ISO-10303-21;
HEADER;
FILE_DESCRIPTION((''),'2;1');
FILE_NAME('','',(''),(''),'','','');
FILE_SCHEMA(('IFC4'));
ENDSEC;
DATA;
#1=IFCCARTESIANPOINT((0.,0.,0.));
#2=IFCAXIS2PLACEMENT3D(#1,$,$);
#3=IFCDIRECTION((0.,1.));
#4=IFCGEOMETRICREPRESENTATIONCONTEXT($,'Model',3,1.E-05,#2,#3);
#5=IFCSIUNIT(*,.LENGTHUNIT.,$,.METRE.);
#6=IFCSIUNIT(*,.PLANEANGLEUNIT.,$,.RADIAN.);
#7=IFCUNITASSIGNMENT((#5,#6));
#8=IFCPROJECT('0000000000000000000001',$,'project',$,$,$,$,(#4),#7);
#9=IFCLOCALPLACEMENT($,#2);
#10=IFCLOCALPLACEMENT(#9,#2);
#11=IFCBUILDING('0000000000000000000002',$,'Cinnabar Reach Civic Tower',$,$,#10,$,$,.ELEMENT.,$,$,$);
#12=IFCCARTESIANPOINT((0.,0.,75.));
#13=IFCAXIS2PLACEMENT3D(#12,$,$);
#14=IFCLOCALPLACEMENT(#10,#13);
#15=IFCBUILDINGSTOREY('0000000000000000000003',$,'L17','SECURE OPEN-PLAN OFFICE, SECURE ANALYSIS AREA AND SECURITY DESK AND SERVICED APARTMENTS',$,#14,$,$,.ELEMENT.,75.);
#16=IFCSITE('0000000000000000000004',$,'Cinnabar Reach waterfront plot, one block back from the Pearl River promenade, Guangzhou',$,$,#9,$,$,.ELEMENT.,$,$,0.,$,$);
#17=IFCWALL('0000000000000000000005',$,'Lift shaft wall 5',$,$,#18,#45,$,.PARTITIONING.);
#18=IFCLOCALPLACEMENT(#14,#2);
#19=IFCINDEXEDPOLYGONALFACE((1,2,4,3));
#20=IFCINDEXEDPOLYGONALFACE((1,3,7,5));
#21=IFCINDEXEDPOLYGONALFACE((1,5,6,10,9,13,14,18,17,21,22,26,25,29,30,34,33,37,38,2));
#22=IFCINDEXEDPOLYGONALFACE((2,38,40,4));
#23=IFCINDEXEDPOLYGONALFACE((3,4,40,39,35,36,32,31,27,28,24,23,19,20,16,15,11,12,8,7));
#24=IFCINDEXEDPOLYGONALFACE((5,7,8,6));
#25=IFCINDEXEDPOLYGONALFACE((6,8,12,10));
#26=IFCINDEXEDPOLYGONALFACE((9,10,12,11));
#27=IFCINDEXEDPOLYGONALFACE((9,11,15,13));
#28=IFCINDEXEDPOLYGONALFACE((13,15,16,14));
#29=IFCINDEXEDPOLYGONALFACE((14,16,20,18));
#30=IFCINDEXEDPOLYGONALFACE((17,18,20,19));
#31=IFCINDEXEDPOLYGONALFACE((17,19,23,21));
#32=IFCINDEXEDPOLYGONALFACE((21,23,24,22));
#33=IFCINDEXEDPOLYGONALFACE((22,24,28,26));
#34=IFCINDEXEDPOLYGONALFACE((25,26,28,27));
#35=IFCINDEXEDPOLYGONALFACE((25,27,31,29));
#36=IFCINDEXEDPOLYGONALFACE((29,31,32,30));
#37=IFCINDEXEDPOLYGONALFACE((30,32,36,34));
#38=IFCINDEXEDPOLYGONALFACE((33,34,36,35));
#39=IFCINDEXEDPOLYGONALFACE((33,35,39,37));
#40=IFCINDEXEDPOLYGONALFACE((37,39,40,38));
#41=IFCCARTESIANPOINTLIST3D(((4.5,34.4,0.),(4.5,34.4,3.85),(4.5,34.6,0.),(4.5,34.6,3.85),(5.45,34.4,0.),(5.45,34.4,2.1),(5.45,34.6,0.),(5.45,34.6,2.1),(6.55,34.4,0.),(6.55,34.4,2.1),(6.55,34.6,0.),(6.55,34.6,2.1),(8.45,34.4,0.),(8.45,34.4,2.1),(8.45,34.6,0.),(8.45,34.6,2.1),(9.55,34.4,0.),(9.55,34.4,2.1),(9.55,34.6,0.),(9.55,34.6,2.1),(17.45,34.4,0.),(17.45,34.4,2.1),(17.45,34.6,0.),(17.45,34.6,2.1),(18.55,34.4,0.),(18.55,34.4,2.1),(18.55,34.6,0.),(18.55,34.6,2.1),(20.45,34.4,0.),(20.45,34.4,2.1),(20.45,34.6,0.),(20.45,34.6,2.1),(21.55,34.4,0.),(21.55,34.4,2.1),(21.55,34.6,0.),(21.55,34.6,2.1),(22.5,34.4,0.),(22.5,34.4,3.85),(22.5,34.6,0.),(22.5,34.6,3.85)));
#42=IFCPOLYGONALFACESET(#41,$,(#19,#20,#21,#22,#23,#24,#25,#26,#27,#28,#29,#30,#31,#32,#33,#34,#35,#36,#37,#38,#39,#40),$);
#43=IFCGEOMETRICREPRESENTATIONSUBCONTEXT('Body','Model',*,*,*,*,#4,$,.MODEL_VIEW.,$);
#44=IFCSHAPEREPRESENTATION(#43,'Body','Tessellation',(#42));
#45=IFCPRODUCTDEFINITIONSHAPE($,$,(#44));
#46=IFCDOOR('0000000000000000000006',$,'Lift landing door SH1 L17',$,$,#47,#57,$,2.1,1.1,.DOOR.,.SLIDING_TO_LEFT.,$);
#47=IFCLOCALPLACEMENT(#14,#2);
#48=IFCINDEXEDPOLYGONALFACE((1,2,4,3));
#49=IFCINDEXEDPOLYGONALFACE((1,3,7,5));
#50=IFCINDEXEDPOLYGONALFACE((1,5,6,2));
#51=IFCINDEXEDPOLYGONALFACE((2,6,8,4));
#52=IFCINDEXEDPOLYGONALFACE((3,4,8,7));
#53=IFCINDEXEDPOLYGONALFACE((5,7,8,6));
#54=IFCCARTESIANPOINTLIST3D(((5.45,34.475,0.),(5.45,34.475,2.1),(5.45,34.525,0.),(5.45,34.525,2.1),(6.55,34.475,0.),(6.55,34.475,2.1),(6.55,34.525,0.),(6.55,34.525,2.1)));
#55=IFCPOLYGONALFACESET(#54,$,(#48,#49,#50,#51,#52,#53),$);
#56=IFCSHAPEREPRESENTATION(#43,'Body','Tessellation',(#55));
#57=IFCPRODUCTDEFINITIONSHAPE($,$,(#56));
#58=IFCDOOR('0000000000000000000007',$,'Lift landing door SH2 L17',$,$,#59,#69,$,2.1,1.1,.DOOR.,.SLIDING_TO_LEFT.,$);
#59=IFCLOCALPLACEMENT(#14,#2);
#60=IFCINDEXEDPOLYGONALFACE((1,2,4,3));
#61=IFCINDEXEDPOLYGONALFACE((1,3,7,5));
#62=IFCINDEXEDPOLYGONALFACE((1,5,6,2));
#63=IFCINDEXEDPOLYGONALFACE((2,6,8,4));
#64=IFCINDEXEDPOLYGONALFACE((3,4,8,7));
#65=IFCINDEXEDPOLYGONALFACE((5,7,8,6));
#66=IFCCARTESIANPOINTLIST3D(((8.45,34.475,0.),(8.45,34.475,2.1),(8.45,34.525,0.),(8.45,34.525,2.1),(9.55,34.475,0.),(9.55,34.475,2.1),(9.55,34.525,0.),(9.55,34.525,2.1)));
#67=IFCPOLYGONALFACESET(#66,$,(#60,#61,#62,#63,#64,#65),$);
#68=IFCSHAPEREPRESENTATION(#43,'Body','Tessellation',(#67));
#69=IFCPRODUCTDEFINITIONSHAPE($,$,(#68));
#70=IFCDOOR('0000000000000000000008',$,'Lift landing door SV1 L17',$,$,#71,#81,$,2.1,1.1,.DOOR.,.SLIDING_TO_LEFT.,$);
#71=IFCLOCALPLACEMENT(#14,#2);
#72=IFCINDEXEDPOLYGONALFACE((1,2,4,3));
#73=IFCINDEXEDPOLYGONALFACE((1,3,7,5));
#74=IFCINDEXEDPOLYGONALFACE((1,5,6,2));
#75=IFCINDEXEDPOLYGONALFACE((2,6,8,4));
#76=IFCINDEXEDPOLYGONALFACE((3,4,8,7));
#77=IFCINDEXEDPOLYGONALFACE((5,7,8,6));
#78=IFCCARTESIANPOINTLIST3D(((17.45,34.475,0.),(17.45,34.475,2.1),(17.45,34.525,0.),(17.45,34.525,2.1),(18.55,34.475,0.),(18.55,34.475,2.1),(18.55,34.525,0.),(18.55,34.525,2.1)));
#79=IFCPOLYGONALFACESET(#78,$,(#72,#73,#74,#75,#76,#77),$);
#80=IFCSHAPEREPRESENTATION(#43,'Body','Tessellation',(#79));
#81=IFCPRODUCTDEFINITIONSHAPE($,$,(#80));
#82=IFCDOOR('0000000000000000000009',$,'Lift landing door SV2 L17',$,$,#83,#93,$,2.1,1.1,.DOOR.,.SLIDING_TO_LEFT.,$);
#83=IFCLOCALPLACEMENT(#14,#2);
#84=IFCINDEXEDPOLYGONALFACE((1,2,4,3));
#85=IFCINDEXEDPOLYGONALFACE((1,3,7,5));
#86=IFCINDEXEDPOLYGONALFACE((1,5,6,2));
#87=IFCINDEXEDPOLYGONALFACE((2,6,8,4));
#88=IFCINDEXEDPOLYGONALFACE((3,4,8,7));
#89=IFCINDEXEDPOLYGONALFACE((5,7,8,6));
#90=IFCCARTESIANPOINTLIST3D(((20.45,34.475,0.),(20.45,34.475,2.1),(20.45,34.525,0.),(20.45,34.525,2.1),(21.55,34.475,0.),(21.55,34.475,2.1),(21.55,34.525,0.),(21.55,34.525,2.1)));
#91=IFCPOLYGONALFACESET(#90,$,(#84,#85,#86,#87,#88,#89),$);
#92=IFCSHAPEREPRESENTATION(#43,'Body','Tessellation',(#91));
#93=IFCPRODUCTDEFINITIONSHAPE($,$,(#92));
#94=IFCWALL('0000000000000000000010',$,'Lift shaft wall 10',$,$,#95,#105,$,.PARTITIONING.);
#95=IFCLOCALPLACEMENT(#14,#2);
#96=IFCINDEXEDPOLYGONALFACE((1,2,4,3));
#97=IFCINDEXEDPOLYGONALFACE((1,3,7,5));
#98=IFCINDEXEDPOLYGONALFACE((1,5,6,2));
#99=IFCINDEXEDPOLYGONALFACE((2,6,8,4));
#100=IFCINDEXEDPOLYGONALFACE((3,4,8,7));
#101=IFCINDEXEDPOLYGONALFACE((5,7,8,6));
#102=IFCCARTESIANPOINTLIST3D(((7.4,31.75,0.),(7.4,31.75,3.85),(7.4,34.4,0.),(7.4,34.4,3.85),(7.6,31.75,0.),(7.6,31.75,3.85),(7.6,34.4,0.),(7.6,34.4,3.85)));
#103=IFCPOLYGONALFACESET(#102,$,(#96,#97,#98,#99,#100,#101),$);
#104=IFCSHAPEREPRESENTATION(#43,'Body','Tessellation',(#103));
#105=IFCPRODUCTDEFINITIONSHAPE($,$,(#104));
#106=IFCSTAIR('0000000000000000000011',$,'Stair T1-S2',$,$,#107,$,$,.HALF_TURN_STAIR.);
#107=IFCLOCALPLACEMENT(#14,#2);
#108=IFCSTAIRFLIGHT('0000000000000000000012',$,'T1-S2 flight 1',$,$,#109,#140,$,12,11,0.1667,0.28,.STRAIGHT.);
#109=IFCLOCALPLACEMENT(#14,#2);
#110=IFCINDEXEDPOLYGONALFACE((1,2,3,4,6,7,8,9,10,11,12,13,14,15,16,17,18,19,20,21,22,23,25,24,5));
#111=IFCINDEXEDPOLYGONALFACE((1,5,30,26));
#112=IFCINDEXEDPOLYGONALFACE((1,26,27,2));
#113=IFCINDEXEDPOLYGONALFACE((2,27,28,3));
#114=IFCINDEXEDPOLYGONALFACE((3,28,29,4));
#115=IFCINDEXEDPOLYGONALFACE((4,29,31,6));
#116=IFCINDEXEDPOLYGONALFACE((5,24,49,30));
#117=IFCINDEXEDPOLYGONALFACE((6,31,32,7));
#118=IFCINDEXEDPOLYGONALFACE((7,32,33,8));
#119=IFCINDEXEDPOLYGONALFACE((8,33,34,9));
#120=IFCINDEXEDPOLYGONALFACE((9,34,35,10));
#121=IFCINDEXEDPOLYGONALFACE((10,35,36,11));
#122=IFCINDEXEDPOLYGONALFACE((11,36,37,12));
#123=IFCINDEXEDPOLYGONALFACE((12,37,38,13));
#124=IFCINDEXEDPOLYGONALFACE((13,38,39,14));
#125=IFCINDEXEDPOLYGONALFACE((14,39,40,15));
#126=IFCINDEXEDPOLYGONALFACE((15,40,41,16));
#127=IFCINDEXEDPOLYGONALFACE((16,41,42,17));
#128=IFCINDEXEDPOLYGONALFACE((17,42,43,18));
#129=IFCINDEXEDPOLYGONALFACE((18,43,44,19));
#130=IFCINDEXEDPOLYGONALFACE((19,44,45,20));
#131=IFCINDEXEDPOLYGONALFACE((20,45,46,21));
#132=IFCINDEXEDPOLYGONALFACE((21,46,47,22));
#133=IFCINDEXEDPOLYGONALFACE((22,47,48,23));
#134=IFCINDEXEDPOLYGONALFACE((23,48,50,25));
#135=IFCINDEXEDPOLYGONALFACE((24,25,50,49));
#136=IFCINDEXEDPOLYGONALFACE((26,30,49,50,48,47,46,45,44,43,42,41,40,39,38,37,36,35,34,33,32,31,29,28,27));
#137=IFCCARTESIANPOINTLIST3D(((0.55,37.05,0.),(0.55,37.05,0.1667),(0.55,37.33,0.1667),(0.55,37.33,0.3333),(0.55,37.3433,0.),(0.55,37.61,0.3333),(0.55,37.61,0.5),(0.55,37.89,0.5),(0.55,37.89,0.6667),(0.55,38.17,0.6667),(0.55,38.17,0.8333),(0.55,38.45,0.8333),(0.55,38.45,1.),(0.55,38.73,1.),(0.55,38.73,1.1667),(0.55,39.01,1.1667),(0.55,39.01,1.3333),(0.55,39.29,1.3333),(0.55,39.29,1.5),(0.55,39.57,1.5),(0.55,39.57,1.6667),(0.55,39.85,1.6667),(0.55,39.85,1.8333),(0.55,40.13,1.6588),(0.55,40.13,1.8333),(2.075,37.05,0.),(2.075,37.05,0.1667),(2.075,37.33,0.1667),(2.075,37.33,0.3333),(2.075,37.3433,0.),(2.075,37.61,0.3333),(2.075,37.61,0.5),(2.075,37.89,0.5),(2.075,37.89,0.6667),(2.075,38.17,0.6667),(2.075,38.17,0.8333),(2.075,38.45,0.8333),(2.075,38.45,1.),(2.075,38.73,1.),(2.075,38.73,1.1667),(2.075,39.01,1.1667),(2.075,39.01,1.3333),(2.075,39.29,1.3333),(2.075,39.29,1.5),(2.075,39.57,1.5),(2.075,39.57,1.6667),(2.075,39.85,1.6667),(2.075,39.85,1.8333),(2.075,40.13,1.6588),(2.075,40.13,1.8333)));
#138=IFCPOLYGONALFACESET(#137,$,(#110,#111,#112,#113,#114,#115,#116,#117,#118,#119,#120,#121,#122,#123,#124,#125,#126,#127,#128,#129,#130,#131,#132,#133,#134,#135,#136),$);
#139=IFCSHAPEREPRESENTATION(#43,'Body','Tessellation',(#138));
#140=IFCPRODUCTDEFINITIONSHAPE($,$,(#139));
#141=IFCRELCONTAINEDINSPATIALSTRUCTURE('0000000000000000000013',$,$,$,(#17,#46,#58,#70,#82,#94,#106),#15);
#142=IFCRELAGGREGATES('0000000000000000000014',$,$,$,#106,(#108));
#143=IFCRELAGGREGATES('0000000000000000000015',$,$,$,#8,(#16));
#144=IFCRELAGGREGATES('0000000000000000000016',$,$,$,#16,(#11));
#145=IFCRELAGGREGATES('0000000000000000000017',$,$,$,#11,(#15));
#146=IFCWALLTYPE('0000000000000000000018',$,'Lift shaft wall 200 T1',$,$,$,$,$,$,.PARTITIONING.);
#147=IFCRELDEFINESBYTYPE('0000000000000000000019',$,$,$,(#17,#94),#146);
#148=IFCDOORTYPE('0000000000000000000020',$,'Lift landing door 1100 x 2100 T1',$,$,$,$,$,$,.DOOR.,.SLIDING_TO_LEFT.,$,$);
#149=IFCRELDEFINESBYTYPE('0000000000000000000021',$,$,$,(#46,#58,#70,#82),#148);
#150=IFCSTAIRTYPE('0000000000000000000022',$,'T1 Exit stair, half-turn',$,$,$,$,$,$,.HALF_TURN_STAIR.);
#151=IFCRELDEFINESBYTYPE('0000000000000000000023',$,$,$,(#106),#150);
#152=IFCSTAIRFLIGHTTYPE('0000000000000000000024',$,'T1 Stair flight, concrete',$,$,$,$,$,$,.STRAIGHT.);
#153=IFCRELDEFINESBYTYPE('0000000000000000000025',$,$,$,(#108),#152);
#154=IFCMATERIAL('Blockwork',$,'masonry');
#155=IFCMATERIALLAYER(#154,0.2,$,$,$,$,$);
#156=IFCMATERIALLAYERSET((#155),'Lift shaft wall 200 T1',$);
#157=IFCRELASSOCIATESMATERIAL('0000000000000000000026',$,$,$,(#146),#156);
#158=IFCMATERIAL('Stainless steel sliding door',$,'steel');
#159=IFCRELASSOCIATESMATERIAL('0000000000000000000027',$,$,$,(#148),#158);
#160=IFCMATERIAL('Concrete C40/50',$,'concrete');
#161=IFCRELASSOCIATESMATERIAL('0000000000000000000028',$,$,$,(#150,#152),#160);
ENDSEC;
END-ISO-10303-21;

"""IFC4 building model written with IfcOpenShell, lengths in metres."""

from ifc_helpers import new_model, si_unit, direction, frame, frame_2d, origin, place, context, subcontext, project, spatial, polyline, rectangle, outline, extrude, material, layer, layer_set, type_object, element, fill, aggregate, save


model = new_model("IFC4")

# Units and contexts
model_context = context("Model", 3, precision=1e-05, world=origin(), true_north=direction((0.0, 1.0)))
body_context = subcontext(model_context, "Body", "Model", "MODEL_VIEW")
ifc_project = project(units=[si_unit("LENGTHUNIT", "METRE"), si_unit("PLANEANGLEUNIT", "RADIAN")], contexts=[model_context])

# Site, building, storey
site_placement = place(None, origin())
site = spatial("IfcSite", under=ifc_project, at=site_placement, Name="Cinnabar Reach waterfront plot, one block back from the Pearl River promenade, Guangzhou", CompositionType="ELEMENT", RefElevation=0.0)
building_placement = place(site_placement, origin())
building = spatial("IfcBuilding", under=site, at=building_placement, Name="Cinnabar Reach Civic Tower", CompositionType="ELEMENT")
storey_placement = place(building_placement, frame((0.0, 0.0, 75.0)))
storey = spatial("IfcBuildingStorey", under=building, at=storey_placement, Name="L17", Description="SECURE OPEN-PLAN OFFICE, SECURE ANALYSIS AREA AND SECURITY DESK AND SERVICED APARTMENTS", CompositionType="ELEMENT", Elevation=75.0)

# Wall, openings, doors
ifc_material_1 = material(Name="Blockwork", Category="masonry")
ifc_layer_1 = layer(ifc_material_1, 0.2)
ifc_layer_set_1 = layer_set([ifc_layer_1], Name="Lift shaft wall 200 T1")
wall_type_1 = type_object("IfcWallType", Name="Lift shaft wall 200 T1", PredefinedType="PARTITIONING", material=ifc_layer_set_1)
wall_1_placement = place(storey_placement, frame((4.5, 34.5, 0.0), z_axis=(0.0, 0.0, 1.0), x_axis=(1.0, 0.0, 0.0)))
wall_1 = element("IfcWall", 1, at=wall_1_placement, inside=storey, type_object=wall_type_1, Name="Lift shaft wall 5", PredefinedType="PARTITIONING", context=body_context, shape_type="SweptSolid", body=[
    extrude(rectangle(XDim=18.0, YDim=0.2, at=frame_2d((9.0, 0.0))), origin(), (0.0, 0.0, 1.0), 3.85),
])
opening_1_placement = place(wall_1_placement, frame((0.95, 0.0, 0.0)))
opening_1 = element("IfcOpeningElement", 2, at=opening_1_placement, cuts=wall_1, PredefinedType="OPENING", context=body_context, shape_type="SweptSolid", body=[
    extrude(rectangle(XDim=1.1, YDim=2.1, at=frame_2d((0.55, 1.05))), frame((0.0, 0.11, 0.0), z_axis=(0.0, -1.0, 0.0), x_axis=(1.0, 0.0, 0.0)), (0.0, 0.0, 1.0), 0.22),
])
opening_2_placement = place(wall_1_placement, frame((3.95, 0.0, 0.0)))
opening_2 = element("IfcOpeningElement", 3, at=opening_2_placement, cuts=wall_1, PredefinedType="OPENING", context=body_context, shape_type="SweptSolid", body=[
    extrude(rectangle(XDim=1.1, YDim=2.1, at=frame_2d((0.55, 1.05))), frame((0.0, 0.11, 0.0), z_axis=(0.0, -1.0, 0.0), x_axis=(1.0, 0.0, 0.0)), (0.0, 0.0, 1.0), 0.22),
])
opening_3_placement = place(wall_1_placement, frame((12.95, 0.0, 0.0)))
opening_3 = element("IfcOpeningElement", 4, at=opening_3_placement, cuts=wall_1, PredefinedType="OPENING", context=body_context, shape_type="SweptSolid", body=[
    extrude(rectangle(XDim=1.1, YDim=2.1, at=frame_2d((0.55, 1.05))), frame((0.0, 0.11, 0.0), z_axis=(0.0, -1.0, 0.0), x_axis=(1.0, 0.0, 0.0)), (0.0, 0.0, 1.0), 0.22),
])
opening_4_placement = place(wall_1_placement, frame((15.95, 0.0, 0.0)))
opening_4 = element("IfcOpeningElement", 5, at=opening_4_placement, cuts=wall_1, PredefinedType="OPENING", context=body_context, shape_type="SweptSolid", body=[
    extrude(rectangle(XDim=1.1, YDim=2.1, at=frame_2d((0.55, 1.05))), frame((0.0, 0.11, 0.0), z_axis=(0.0, -1.0, 0.0), x_axis=(1.0, 0.0, 0.0)), (0.0, 0.0, 1.0), 0.22),
])
ifc_material_2 = material(Name="Stainless steel sliding door", Category="steel")
door_type_1 = type_object("IfcDoorType", Name="Lift landing door 1100 x 2100 T1", OperationType="SLIDING_TO_LEFT", PredefinedType="DOOR", material=ifc_material_2)
door_1_placement = place(opening_1_placement, origin())
door_1 = element("IfcDoor", 6, at=door_1_placement, inside=storey, type_object=door_type_1, Name="Lift landing door SH1 L17", OperationType="SLIDING_TO_LEFT", OverallHeight=2.1, OverallWidth=1.1, PredefinedType="DOOR", context=body_context, shape_type="SweptSolid", body=[
    extrude(rectangle(XDim=1.1, YDim=2.1, at=frame_2d((0.55, 1.05))), frame((0.0, 0.025, 0.0), z_axis=(0.0, -1.0, 0.0), x_axis=(1.0, 0.0, 0.0)), (0.0, 0.0, 1.0), 0.05),
])
fill(opening_1, door_1)
door_2_placement = place(opening_2_placement, origin())
door_2 = element("IfcDoor", 7, at=door_2_placement, inside=storey, type_object=door_type_1, Name="Lift landing door SH2 L17", OperationType="SLIDING_TO_LEFT", OverallHeight=2.1, OverallWidth=1.1, PredefinedType="DOOR", context=body_context, shape_type="SweptSolid", body=[
    extrude(rectangle(XDim=1.1, YDim=2.1, at=frame_2d((0.55, 1.05))), frame((0.0, 0.025, 0.0), z_axis=(0.0, -1.0, 0.0), x_axis=(1.0, 0.0, 0.0)), (0.0, 0.0, 1.0), 0.05),
])
fill(opening_2, door_2)
door_3_placement = place(opening_3_placement, origin())
door_3 = element("IfcDoor", 8, at=door_3_placement, inside=storey, type_object=door_type_1, Name="Lift landing door SV1 L17", OperationType="SLIDING_TO_LEFT", OverallHeight=2.1, OverallWidth=1.1, PredefinedType="DOOR", context=body_context, shape_type="SweptSolid", body=[
    extrude(rectangle(XDim=1.1, YDim=2.1, at=frame_2d((0.55, 1.05))), frame((0.0, 0.025, 0.0), z_axis=(0.0, -1.0, 0.0), x_axis=(1.0, 0.0, 0.0)), (0.0, 0.0, 1.0), 0.05),
])
fill(opening_3, door_3)
door_4_placement = place(opening_4_placement, origin())
door_4 = element("IfcDoor", 9, at=door_4_placement, inside=storey, type_object=door_type_1, Name="Lift landing door SV2 L17", OperationType="SLIDING_TO_LEFT", OverallHeight=2.1, OverallWidth=1.1, PredefinedType="DOOR", context=body_context, shape_type="SweptSolid", body=[
    extrude(rectangle(XDim=1.1, YDim=2.1, at=frame_2d((0.55, 1.05))), frame((0.0, 0.025, 0.0), z_axis=(0.0, -1.0, 0.0), x_axis=(1.0, 0.0, 0.0)), (0.0, 0.0, 1.0), 0.05),
])
fill(opening_4, door_4)

# Wall
wall_2_placement = place(storey_placement, frame((7.5, 31.75, 0.0), z_axis=(0.0, 0.0, 1.0), x_axis=(0.0, 1.0, 0.0)))
element("IfcWall", 10, at=wall_2_placement, inside=storey, type_object=wall_type_1, Name="Lift shaft wall 10", PredefinedType="PARTITIONING", context=body_context, shape_type="SweptSolid", body=[
    extrude(rectangle(XDim=2.65, YDim=0.2, at=frame_2d((1.325, 0.0))), origin(), (0.0, 0.0, 1.0), 3.85),
])

# Stair, stair flight
ifc_material_3 = material(Name="Concrete C40/50", Category="concrete")
stair_type = type_object("IfcStairType", Name="T1 Exit stair, half-turn", PredefinedType="HALF_TURN_STAIR", material=ifc_material_3)
stair_placement = place(storey_placement, origin())
stair = element("IfcStair", 11, at=stair_placement, inside=storey, type_object=stair_type, Name="Stair T1-S2", PredefinedType="HALF_TURN_STAIR")
stair_flight_type = type_object("IfcStairFlightType", Name="T1 Stair flight, concrete", PredefinedType="STRAIGHT", material=ifc_material_3)
stair_flight_placement = place(storey_placement, frame((1.3125, 37.05, 0.0), z_axis=(0.0, 0.0, 1.0), x_axis=(0.0, 1.0, 0.0)))
stair_flight = element("IfcStairFlight", 12, at=stair_flight_placement, type_object=stair_flight_type, Name="T1-S2 flight 1", NumberOfRisers=12, NumberOfTreads=11, PredefinedType="STRAIGHT", RiserHeight=0.1667, TreadLength=0.28, context=body_context, shape_type="SweptSolid", body=[
    extrude(outline(polyline([(0.0, 0.0), (0.0, 0.1667), (0.28, 0.1667), (0.28, 0.3333), (0.56, 0.3333), (0.56, 0.5), (0.84, 0.5), (0.84, 0.6667), (1.12, 0.6667), (1.12, 0.8333), (1.4, 0.8333), (1.4, 1.0), (1.68, 1.0), (1.68, 1.1667), (1.96, 1.1667), (1.96, 1.3333), (2.24, 1.3333), (2.24, 1.5), (2.52, 1.5), (2.52, 1.6667), (2.8, 1.6667), (2.8, 1.8333), (3.08, 1.8333), (3.08, 2.0), (3.08, 1.6588), (0.2933, 0.0), (0.0, 0.0)])), frame((0.0, 0.7625, 0.0), z_axis=(0.0, -1.0, 0.0), x_axis=(1.0, 0.0, 0.0)), (0.0, 0.0, 1.0), 1.525),
])
aggregate(stair, [stair_flight])

save(model, "model.ifc")
